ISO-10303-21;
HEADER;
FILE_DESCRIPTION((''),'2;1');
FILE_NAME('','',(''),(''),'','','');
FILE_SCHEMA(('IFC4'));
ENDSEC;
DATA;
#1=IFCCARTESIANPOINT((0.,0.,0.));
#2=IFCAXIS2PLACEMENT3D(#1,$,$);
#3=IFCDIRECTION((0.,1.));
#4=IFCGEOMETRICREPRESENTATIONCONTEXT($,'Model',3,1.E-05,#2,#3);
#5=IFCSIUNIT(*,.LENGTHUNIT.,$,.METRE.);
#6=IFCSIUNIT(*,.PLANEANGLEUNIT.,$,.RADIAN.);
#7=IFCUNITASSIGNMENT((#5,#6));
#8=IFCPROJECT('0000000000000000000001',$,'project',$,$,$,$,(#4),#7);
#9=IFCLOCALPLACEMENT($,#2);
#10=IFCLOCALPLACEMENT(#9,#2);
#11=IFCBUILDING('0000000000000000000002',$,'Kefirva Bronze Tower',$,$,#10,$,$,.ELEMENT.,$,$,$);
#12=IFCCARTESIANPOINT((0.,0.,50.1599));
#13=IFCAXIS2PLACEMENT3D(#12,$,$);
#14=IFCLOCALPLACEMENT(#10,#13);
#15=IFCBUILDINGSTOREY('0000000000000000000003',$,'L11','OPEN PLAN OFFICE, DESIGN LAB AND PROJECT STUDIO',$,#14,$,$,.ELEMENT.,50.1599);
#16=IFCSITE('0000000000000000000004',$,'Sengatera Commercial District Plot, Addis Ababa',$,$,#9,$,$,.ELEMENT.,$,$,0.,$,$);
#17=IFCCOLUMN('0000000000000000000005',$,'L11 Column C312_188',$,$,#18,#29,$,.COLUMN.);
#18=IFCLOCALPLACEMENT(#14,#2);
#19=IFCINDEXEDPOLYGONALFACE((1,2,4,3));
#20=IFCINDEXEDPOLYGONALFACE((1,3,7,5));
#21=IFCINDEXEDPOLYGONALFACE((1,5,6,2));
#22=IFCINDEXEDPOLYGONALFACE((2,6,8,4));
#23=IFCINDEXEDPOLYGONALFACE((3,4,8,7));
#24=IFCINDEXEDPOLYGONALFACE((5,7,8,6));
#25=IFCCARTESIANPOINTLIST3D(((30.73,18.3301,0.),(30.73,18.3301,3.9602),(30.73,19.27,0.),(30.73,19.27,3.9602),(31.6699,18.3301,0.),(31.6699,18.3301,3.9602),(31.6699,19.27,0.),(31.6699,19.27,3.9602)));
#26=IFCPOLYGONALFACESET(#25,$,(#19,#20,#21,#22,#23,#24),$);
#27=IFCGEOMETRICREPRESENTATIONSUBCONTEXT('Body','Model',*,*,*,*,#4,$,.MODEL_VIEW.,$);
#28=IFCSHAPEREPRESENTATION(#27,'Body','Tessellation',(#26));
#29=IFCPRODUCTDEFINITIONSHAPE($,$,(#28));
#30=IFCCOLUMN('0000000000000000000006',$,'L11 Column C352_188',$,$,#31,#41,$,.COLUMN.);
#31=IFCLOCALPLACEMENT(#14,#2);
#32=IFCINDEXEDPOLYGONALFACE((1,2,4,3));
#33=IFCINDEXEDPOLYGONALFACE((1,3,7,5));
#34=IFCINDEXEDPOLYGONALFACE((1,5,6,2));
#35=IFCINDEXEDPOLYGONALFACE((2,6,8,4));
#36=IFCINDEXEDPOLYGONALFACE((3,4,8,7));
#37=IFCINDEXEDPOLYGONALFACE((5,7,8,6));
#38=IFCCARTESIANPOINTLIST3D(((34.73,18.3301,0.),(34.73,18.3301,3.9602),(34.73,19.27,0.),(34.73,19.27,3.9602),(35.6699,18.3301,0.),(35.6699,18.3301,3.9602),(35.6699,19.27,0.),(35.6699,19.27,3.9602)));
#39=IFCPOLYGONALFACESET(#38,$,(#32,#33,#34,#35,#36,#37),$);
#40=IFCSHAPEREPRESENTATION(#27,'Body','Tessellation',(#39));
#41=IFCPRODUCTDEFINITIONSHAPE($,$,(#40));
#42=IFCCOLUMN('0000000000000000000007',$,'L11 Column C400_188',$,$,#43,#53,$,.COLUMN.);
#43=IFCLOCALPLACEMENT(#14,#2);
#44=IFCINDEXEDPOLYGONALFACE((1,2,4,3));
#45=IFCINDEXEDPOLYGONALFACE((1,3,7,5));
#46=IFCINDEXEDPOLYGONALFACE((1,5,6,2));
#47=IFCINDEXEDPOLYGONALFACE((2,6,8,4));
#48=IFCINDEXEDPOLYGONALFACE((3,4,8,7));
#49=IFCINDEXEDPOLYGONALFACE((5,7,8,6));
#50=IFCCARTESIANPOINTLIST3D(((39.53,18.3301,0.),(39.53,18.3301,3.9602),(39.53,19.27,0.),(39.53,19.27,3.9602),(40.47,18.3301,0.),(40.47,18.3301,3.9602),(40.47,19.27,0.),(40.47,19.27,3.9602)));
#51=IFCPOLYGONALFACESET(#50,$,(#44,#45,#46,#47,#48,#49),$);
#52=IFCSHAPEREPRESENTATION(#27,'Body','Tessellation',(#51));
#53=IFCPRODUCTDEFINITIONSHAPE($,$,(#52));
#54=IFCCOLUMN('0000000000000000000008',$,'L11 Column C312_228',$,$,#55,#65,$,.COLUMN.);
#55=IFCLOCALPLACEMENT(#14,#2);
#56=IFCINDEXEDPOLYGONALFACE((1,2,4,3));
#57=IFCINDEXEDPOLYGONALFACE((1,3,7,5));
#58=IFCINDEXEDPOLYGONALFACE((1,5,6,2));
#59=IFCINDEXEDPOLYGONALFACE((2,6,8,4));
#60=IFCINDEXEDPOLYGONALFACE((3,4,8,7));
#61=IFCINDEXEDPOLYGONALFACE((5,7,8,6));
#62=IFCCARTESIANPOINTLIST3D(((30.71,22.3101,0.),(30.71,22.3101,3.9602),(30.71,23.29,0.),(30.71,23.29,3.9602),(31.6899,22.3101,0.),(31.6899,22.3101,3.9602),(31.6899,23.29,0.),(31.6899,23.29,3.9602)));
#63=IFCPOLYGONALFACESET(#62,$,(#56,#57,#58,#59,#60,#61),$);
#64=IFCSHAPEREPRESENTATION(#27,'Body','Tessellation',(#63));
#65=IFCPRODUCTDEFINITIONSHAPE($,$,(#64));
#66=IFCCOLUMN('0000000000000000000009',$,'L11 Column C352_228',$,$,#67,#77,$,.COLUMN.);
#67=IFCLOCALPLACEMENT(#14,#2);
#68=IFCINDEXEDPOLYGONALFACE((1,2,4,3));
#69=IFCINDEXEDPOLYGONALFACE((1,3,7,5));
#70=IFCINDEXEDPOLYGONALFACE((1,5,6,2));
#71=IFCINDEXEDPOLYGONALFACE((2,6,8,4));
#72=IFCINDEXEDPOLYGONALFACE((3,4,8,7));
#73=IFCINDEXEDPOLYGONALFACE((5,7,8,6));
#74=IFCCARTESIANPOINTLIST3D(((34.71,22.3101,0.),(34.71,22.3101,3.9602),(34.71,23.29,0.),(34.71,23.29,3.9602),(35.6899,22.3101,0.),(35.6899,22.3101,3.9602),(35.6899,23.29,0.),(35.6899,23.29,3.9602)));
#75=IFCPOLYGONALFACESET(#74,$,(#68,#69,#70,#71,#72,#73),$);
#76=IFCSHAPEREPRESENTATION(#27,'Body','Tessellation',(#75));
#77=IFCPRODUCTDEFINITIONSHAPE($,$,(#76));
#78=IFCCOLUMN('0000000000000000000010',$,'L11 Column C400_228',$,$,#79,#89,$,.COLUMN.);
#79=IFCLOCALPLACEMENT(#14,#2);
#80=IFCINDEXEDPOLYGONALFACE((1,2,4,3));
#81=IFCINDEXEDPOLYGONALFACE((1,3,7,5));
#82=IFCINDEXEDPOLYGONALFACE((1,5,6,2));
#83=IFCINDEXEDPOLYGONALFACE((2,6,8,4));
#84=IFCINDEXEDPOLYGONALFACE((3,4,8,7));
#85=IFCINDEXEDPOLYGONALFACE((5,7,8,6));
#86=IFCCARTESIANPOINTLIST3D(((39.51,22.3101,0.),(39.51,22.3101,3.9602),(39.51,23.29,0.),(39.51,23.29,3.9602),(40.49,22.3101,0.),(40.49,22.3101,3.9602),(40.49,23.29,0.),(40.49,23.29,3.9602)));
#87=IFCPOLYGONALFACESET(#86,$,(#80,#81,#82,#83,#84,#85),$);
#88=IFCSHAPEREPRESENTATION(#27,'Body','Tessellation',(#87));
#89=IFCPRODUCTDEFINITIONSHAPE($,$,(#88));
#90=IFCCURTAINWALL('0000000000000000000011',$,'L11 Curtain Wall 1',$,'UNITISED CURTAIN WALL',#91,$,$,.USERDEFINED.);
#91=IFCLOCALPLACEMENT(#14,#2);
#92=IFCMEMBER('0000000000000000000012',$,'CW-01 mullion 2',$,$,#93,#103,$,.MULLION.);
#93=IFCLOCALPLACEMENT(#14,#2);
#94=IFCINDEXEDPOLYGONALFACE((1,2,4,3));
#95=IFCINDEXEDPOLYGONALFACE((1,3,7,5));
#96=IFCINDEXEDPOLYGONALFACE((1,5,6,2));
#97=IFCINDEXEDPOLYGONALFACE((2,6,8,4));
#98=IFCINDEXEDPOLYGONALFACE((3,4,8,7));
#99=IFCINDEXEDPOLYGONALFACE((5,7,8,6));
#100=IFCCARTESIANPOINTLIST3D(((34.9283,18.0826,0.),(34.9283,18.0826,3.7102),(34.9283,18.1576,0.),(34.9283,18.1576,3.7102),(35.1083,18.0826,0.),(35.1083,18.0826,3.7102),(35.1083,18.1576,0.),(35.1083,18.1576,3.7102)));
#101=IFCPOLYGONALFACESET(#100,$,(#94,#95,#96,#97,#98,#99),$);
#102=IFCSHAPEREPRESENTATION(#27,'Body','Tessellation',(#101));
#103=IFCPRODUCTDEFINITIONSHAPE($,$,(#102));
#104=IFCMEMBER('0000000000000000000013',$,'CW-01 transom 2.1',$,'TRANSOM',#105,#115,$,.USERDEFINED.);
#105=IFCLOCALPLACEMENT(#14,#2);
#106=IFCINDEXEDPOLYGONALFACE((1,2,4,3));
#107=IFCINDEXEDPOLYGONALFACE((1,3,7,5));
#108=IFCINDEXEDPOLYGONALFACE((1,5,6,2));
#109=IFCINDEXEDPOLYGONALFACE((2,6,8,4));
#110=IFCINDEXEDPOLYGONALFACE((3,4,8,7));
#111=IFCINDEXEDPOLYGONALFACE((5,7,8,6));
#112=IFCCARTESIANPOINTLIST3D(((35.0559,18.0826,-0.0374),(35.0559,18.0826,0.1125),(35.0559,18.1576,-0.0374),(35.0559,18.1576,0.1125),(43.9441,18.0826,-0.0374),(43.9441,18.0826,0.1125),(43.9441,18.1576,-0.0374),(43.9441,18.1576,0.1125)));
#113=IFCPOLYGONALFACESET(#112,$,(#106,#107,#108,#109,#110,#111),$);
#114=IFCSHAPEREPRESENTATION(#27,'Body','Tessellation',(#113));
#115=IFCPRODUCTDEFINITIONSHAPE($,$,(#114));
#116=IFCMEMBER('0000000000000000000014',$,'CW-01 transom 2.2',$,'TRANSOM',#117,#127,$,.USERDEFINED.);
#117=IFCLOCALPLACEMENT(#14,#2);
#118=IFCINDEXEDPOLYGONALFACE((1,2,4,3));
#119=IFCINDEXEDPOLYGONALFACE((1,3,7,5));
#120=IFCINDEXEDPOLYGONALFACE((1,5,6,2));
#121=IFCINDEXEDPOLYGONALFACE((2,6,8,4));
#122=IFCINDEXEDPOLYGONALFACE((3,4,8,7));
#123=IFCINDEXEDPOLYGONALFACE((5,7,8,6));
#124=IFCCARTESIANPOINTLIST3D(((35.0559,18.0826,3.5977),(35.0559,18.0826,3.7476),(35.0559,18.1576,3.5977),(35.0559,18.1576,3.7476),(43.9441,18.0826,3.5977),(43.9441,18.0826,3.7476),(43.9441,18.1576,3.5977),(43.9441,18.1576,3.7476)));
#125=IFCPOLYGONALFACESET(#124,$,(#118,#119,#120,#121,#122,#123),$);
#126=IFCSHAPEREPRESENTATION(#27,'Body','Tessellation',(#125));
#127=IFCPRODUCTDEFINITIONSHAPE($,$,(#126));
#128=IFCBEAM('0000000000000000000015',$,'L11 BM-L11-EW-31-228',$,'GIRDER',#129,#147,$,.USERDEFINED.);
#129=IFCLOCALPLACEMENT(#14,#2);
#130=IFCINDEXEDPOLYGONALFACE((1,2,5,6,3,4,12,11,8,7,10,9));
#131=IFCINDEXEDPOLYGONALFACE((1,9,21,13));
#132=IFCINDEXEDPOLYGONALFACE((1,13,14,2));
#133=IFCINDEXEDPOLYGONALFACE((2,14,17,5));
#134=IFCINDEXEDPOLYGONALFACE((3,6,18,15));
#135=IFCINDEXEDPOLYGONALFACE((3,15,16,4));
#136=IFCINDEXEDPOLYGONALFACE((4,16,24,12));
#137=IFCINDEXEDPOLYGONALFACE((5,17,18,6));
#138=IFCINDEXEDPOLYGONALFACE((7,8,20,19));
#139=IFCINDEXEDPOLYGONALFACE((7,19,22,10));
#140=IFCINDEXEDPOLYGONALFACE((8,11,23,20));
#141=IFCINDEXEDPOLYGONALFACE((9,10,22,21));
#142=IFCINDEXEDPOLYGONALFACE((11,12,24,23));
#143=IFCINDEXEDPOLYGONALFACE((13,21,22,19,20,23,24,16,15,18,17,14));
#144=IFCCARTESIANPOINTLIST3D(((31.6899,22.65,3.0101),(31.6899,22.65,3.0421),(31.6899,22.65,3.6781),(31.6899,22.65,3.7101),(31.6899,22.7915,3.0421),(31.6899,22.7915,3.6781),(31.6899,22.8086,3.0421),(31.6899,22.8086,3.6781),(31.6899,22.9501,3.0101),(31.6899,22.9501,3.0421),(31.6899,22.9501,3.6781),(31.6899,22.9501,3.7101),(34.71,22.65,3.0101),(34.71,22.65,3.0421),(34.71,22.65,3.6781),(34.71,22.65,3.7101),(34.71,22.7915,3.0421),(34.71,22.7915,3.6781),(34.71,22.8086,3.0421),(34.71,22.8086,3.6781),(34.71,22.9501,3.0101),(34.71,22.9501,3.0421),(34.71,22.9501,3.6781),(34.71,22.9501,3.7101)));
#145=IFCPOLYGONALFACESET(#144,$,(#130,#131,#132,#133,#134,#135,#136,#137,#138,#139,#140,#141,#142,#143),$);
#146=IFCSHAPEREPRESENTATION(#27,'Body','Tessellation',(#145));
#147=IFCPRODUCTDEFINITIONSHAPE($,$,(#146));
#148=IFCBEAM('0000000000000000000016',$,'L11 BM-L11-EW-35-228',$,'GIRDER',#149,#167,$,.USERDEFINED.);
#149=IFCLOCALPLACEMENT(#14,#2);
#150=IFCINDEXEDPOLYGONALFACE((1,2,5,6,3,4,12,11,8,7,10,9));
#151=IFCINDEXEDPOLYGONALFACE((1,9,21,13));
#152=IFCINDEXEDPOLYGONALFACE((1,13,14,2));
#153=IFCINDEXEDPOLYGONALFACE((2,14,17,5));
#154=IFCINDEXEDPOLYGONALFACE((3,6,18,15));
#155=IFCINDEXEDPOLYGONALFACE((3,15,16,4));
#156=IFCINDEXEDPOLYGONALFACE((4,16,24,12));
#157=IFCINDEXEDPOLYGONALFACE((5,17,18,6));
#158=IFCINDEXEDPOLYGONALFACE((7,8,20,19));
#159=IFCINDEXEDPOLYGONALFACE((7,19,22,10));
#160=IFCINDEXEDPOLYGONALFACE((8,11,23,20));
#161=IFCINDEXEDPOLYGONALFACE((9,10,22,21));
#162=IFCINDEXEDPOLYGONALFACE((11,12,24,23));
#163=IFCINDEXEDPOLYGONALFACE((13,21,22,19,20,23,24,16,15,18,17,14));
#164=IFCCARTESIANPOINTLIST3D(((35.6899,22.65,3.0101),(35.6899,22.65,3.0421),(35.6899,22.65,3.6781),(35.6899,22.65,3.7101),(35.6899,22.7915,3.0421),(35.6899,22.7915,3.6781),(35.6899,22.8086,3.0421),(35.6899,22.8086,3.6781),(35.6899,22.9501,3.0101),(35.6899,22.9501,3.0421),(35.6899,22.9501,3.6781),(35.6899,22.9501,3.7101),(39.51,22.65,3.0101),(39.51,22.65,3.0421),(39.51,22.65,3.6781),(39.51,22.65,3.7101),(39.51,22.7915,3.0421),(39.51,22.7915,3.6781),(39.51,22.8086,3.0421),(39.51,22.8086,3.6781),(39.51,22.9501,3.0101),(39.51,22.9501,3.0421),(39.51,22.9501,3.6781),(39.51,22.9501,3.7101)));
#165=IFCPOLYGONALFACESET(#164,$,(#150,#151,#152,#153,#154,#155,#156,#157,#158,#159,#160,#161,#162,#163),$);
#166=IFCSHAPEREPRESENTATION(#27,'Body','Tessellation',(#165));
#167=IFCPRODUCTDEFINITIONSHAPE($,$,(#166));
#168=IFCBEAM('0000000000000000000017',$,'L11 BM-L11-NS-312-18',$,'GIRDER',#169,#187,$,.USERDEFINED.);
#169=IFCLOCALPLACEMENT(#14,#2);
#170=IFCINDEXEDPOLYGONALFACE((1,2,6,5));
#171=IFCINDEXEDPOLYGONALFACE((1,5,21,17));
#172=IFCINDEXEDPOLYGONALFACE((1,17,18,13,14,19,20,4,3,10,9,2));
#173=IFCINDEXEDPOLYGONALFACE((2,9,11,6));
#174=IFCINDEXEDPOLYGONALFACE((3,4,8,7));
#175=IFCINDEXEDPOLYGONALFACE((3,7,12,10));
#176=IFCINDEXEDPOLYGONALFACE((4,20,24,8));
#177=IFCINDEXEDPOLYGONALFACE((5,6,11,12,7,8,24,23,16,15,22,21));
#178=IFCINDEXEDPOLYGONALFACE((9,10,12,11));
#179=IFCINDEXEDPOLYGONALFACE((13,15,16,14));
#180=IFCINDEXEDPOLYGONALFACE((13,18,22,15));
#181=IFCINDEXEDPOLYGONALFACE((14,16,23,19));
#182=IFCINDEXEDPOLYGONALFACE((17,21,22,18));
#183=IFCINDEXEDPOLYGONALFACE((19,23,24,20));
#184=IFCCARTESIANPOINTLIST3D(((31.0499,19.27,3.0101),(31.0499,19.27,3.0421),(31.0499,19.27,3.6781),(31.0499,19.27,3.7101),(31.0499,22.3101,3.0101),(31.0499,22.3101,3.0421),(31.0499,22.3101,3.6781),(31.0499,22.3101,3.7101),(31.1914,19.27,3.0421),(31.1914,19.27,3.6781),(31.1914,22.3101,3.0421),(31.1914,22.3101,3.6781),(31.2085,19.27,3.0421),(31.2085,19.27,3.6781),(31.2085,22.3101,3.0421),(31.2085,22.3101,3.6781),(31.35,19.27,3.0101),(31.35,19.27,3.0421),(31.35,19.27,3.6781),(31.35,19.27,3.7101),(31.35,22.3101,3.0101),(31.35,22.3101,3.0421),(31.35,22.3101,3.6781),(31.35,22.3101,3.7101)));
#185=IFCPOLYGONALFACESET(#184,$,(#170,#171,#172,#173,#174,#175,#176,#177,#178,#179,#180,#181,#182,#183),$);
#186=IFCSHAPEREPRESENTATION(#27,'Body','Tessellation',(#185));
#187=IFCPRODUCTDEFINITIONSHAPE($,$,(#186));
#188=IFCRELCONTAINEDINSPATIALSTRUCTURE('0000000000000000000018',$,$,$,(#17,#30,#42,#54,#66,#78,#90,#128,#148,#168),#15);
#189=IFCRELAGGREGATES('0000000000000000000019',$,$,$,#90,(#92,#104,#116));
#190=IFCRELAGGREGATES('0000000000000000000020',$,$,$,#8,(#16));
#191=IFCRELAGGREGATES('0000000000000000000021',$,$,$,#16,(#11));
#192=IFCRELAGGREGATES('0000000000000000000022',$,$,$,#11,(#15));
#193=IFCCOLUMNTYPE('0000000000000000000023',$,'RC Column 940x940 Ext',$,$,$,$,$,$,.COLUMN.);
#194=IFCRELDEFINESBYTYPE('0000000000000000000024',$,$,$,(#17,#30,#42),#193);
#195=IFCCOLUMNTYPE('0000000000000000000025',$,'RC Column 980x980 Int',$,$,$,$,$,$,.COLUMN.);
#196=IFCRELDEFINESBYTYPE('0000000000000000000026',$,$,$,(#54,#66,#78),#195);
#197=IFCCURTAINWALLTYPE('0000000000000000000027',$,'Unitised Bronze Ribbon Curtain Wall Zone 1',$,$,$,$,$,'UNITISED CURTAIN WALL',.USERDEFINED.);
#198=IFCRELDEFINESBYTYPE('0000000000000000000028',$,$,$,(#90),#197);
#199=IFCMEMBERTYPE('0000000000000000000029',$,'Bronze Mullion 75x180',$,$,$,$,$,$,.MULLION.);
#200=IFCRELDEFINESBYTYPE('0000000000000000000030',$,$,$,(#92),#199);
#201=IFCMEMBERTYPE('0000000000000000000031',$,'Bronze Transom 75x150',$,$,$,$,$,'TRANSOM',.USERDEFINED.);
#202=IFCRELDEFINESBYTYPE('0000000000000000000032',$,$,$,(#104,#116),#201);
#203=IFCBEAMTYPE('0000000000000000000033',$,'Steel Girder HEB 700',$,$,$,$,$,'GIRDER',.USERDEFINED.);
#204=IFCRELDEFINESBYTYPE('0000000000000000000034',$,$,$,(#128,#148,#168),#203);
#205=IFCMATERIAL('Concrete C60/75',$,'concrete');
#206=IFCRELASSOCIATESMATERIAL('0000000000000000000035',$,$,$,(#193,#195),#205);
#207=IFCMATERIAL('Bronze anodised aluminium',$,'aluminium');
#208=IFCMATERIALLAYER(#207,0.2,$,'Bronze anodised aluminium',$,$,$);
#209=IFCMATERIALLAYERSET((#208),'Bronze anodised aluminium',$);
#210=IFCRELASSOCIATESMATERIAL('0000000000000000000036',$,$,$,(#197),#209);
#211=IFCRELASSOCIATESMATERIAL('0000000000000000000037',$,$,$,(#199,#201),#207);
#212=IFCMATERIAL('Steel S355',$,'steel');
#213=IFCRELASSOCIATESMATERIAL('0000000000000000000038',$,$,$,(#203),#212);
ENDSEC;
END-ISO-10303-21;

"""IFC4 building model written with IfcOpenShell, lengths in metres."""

from ifc_helpers import new_model, si_unit, direction, frame, origin, origin_2d, place, context, subcontext, project, spatial, rectangle, i_section, extrude, material, layer, layer_set, material_profile, profile_set, type_object, element, aggregate, save


model = new_model("IFC4")

# Units and contexts
model_context = context("Model", 3, precision=1e-05, world=origin(), true_north=direction((0.0, 1.0)))
body_context = subcontext(model_context, "Body", "Model", "MODEL_VIEW")
ifc_project = project(units=[si_unit("LENGTHUNIT", "METRE"), si_unit("PLANEANGLEUNIT", "RADIAN")], contexts=[model_context])

# Site, building, storey
site_placement = place(None, origin())
site = spatial("IfcSite", under=ifc_project, at=site_placement, Name="Sengatera Commercial District Plot, Addis Ababa", CompositionType="ELEMENT", RefElevation=0.0)
building_placement = place(site_placement, origin())
building = spatial("IfcBuilding", under=site, at=building_placement, Name="Kefirva Bronze Tower", CompositionType="ELEMENT")
storey_placement = place(building_placement, frame((0.0, 0.0, 50.1599)))
storey = spatial("IfcBuildingStorey", under=building, at=storey_placement, Name="L11", Description="OPEN PLAN OFFICE, DESIGN LAB AND PROJECT STUDIO", CompositionType="ELEMENT", Elevation=50.1599)

# Columns
ifc_material_1 = material(Name="Concrete C60/75", Category="concrete")
ifc_material_profile_1 = material_profile(ifc_material_1, rectangle(XDim=0.9399, YDim=0.9399, at=origin_2d()), Name="RC 940x940")
ifc_profile_set_1 = profile_set([ifc_material_profile_1], Name="Concrete C60/75")
column_type_1 = type_object("IfcColumnType", Name="RC Column 940x940 Ext", PredefinedType="COLUMN", material=ifc_profile_set_1)
for number, where, z_axis, x_axis, name in (
    (1, (31.2, 18.8, 0.0), (0.0, 0.0, 1.0), (1.0, 0.0, 0.0), "L11 Column C312_188"),
    (2, (35.2, 18.8, 0.0), (0.0, 0.0, 1.0), (1.0, 0.0, 0.0), "L11 Column C352_188"),
    (3, (40.0, 18.8, 0.0), (0.0, 0.0, 1.0), (1.0, 0.0, 0.0), "L11 Column C400_188"),
):
    element("IfcColumn", number, at=place(storey_placement, frame(where, z_axis=z_axis, x_axis=x_axis)), inside=storey, type_object=column_type_1, Name=name, PredefinedType="COLUMN", context=body_context, shape_type="SweptSolid", body=[
        extrude(rectangle(XDim=0.9399, YDim=0.9399, at=origin_2d()), origin(), (0.0, 0.0, 1.0), 3.9602),
    ])
ifc_material_profile_2 = material_profile(ifc_material_1, rectangle(XDim=0.98, YDim=0.98, at=origin_2d()), Name="RC 980x980")
ifc_profile_set_2 = profile_set([ifc_material_profile_2], Name="Concrete C60/75")
column_type_2 = type_object("IfcColumnType", Name="RC Column 980x980 Int", PredefinedType="COLUMN", material=ifc_profile_set_2)
for number, where, z_axis, x_axis, name in (
    (4, (31.2, 22.8, 0.0), (0.0, 0.0, 1.0), (1.0, 0.0, 0.0), "L11 Column C312_228"),
    (5, (35.2, 22.8, 0.0), (0.0, 0.0, 1.0), (1.0, 0.0, 0.0), "L11 Column C352_228"),
    (6, (40.0, 22.8, 0.0), (0.0, 0.0, 1.0), (1.0, 0.0, 0.0), "L11 Column C400_228"),
):
    element("IfcColumn", number, at=place(storey_placement, frame(where, z_axis=z_axis, x_axis=x_axis)), inside=storey, type_object=column_type_2, Name=name, PredefinedType="COLUMN", context=body_context, shape_type="SweptSolid", body=[
        extrude(rectangle(XDim=0.98, YDim=0.98, at=origin_2d()), origin(), (0.0, 0.0, 1.0), 3.9602),
    ])

# Curtain wall, members
ifc_material_2 = material(Name="Bronze anodised aluminium", Category="aluminium")
ifc_layer_1 = layer(ifc_material_2, 0.2, Name="Bronze anodised aluminium")
ifc_layer_set_1 = layer_set([ifc_layer_1], Name="Bronze anodised aluminium")
curtain_wall_type = type_object("IfcCurtainWallType", Name="Unitised Bronze Ribbon Curtain Wall Zone 1", ElementType="UNITISED CURTAIN WALL", PredefinedType="USERDEFINED", material=ifc_layer_set_1)
curtain_wall_placement = place(storey_placement, origin())
curtain_wall = element("IfcCurtainWall", 7, at=curtain_wall_placement, inside=storey, type_object=curtain_wall_type, Name="L11 Curtain Wall 1", ObjectType="UNITISED CURTAIN WALL", PredefinedType="USERDEFINED")
ifc_material_profile_3 = material_profile(ifc_material_2, rectangle(XDim=0.075, YDim=0.1799, at=origin_2d()), Name="ALU 75x180")
ifc_profile_set_3 = profile_set([ifc_material_profile_3], Name="Bronze anodised aluminium")
member_type_1 = type_object("IfcMemberType", Name="Bronze Mullion 75x180", PredefinedType="MULLION", material=ifc_profile_set_3)
member_1_placement = place(storey_placement, frame((35.0183, 18.1201, 0.0), z_axis=(0.0, 0.0, 1.0), x_axis=(0.0, 1.0, 0.0)))
member_1 = element("IfcMember", 8, at=member_1_placement, type_object=member_type_1, Name="CW-01 mullion 2", PredefinedType="MULLION", context=body_context, shape_type="SweptSolid", body=[
    extrude(rectangle(XDim=0.075, YDim=0.1799, at=origin_2d()), origin(), (0.0, 0.0, 1.0), 3.7102),
])
ifc_material_profile_4 = material_profile(ifc_material_2, rectangle(XDim=0.075, YDim=0.1499, at=origin_2d()), Name="ALU 75x150")
ifc_profile_set_4 = profile_set([ifc_material_profile_4], Name="Bronze anodised aluminium")
member_type_2 = type_object("IfcMemberType", Name="Bronze Transom 75x150", ElementType="TRANSOM", PredefinedType="USERDEFINED", material=ifc_profile_set_4)
member_2_placement = place(storey_placement, frame((35.0559, 18.1201, 0.0376), z_axis=(1.0, 0.0, 0.0), x_axis=(0.0, 1.0, 0.0)))
member_2 = element("IfcMember", 9, at=member_2_placement, type_object=member_type_2, Name="CW-01 transom 2.1", ObjectType="TRANSOM", PredefinedType="USERDEFINED", context=body_context, shape_type="SweptSolid", body=[
    extrude(rectangle(XDim=0.075, YDim=0.1499, at=origin_2d()), origin(), (0.0, 0.0, 1.0), 8.8882),
])
member_3_placement = place(storey_placement, frame((35.0559, 18.1201, 3.6726), z_axis=(1.0, 0.0, 0.0), x_axis=(0.0, 1.0, 0.0)))
member_3 = element("IfcMember", 10, at=member_3_placement, type_object=member_type_2, Name="CW-01 transom 2.2", ObjectType="TRANSOM", PredefinedType="USERDEFINED", context=body_context, shape_type="SweptSolid", body=[
    extrude(rectangle(XDim=0.075, YDim=0.1499, at=origin_2d()), origin(), (0.0, 0.0, 1.0), 8.8882),
])

# Beams
ifc_material_3 = material(Name="Steel S355", Category="steel")
ifc_material_profile_5 = material_profile(ifc_material_3, i_section(OverallWidth=0.3, OverallDepth=0.7, WebThickness=0.0171, FlangeThickness=0.032, at=origin_2d()), Name="HEB 700")
ifc_profile_set_5 = profile_set([ifc_material_profile_5], Name="Steel S355")
beam_type_1 = type_object("IfcBeamType", Name="Steel Girder HEB 700", ElementType="GIRDER", PredefinedType="USERDEFINED", material=ifc_profile_set_5)
beam_1_placement = place(storey_placement, frame((31.6899, 22.8, 3.3601), z_axis=(1.0, 0.0, 0.0), x_axis=(0.0, 1.0, 0.0)))
element("IfcBeam", 11, at=beam_1_placement, inside=storey, type_object=beam_type_1, Name="L11 BM-L11-EW-31-228", ObjectType="GIRDER", PredefinedType="USERDEFINED", context=body_context, shape_type="SweptSolid", body=[
    extrude(i_section(OverallWidth=0.3, OverallDepth=0.7, WebThickness=0.0171, FlangeThickness=0.032, at=origin_2d()), origin(), (0.0, 0.0, 1.0), 3.02),
])
beam_2_placement = place(storey_placement, frame((35.6899, 22.8, 3.3601), z_axis=(1.0, 0.0, 0.0), x_axis=(0.0, 1.0, 0.0)))
element("IfcBeam", 12, at=beam_2_placement, inside=storey, type_object=beam_type_1, Name="L11 BM-L11-EW-35-228", ObjectType="GIRDER", PredefinedType="USERDEFINED", context=body_context, shape_type="SweptSolid", body=[
    extrude(i_section(OverallWidth=0.3, OverallDepth=0.7, WebThickness=0.0171, FlangeThickness=0.032, at=origin_2d()), origin(), (0.0, 0.0, 1.0), 3.8201),
])
beam_3_placement = place(storey_placement, frame((31.2, 19.27, 3.3601), z_axis=(0.0, 1.0, 0.0), x_axis=(-1.0, 0.0, 0.0)))
element("IfcBeam", 13, at=beam_3_placement, inside=storey, type_object=beam_type_1, Name="L11 BM-L11-NS-312-18", ObjectType="GIRDER", PredefinedType="USERDEFINED", context=body_context, shape_type="SweptSolid", body=[
    extrude(i_section(OverallWidth=0.3, OverallDepth=0.7, WebThickness=0.0171, FlangeThickness=0.032, at=origin_2d()), origin(), (0.0, 0.0, 1.0), 3.04),
])

aggregate(curtain_wall, [member_1, member_2, member_3])

save(model, "model.ifc")
